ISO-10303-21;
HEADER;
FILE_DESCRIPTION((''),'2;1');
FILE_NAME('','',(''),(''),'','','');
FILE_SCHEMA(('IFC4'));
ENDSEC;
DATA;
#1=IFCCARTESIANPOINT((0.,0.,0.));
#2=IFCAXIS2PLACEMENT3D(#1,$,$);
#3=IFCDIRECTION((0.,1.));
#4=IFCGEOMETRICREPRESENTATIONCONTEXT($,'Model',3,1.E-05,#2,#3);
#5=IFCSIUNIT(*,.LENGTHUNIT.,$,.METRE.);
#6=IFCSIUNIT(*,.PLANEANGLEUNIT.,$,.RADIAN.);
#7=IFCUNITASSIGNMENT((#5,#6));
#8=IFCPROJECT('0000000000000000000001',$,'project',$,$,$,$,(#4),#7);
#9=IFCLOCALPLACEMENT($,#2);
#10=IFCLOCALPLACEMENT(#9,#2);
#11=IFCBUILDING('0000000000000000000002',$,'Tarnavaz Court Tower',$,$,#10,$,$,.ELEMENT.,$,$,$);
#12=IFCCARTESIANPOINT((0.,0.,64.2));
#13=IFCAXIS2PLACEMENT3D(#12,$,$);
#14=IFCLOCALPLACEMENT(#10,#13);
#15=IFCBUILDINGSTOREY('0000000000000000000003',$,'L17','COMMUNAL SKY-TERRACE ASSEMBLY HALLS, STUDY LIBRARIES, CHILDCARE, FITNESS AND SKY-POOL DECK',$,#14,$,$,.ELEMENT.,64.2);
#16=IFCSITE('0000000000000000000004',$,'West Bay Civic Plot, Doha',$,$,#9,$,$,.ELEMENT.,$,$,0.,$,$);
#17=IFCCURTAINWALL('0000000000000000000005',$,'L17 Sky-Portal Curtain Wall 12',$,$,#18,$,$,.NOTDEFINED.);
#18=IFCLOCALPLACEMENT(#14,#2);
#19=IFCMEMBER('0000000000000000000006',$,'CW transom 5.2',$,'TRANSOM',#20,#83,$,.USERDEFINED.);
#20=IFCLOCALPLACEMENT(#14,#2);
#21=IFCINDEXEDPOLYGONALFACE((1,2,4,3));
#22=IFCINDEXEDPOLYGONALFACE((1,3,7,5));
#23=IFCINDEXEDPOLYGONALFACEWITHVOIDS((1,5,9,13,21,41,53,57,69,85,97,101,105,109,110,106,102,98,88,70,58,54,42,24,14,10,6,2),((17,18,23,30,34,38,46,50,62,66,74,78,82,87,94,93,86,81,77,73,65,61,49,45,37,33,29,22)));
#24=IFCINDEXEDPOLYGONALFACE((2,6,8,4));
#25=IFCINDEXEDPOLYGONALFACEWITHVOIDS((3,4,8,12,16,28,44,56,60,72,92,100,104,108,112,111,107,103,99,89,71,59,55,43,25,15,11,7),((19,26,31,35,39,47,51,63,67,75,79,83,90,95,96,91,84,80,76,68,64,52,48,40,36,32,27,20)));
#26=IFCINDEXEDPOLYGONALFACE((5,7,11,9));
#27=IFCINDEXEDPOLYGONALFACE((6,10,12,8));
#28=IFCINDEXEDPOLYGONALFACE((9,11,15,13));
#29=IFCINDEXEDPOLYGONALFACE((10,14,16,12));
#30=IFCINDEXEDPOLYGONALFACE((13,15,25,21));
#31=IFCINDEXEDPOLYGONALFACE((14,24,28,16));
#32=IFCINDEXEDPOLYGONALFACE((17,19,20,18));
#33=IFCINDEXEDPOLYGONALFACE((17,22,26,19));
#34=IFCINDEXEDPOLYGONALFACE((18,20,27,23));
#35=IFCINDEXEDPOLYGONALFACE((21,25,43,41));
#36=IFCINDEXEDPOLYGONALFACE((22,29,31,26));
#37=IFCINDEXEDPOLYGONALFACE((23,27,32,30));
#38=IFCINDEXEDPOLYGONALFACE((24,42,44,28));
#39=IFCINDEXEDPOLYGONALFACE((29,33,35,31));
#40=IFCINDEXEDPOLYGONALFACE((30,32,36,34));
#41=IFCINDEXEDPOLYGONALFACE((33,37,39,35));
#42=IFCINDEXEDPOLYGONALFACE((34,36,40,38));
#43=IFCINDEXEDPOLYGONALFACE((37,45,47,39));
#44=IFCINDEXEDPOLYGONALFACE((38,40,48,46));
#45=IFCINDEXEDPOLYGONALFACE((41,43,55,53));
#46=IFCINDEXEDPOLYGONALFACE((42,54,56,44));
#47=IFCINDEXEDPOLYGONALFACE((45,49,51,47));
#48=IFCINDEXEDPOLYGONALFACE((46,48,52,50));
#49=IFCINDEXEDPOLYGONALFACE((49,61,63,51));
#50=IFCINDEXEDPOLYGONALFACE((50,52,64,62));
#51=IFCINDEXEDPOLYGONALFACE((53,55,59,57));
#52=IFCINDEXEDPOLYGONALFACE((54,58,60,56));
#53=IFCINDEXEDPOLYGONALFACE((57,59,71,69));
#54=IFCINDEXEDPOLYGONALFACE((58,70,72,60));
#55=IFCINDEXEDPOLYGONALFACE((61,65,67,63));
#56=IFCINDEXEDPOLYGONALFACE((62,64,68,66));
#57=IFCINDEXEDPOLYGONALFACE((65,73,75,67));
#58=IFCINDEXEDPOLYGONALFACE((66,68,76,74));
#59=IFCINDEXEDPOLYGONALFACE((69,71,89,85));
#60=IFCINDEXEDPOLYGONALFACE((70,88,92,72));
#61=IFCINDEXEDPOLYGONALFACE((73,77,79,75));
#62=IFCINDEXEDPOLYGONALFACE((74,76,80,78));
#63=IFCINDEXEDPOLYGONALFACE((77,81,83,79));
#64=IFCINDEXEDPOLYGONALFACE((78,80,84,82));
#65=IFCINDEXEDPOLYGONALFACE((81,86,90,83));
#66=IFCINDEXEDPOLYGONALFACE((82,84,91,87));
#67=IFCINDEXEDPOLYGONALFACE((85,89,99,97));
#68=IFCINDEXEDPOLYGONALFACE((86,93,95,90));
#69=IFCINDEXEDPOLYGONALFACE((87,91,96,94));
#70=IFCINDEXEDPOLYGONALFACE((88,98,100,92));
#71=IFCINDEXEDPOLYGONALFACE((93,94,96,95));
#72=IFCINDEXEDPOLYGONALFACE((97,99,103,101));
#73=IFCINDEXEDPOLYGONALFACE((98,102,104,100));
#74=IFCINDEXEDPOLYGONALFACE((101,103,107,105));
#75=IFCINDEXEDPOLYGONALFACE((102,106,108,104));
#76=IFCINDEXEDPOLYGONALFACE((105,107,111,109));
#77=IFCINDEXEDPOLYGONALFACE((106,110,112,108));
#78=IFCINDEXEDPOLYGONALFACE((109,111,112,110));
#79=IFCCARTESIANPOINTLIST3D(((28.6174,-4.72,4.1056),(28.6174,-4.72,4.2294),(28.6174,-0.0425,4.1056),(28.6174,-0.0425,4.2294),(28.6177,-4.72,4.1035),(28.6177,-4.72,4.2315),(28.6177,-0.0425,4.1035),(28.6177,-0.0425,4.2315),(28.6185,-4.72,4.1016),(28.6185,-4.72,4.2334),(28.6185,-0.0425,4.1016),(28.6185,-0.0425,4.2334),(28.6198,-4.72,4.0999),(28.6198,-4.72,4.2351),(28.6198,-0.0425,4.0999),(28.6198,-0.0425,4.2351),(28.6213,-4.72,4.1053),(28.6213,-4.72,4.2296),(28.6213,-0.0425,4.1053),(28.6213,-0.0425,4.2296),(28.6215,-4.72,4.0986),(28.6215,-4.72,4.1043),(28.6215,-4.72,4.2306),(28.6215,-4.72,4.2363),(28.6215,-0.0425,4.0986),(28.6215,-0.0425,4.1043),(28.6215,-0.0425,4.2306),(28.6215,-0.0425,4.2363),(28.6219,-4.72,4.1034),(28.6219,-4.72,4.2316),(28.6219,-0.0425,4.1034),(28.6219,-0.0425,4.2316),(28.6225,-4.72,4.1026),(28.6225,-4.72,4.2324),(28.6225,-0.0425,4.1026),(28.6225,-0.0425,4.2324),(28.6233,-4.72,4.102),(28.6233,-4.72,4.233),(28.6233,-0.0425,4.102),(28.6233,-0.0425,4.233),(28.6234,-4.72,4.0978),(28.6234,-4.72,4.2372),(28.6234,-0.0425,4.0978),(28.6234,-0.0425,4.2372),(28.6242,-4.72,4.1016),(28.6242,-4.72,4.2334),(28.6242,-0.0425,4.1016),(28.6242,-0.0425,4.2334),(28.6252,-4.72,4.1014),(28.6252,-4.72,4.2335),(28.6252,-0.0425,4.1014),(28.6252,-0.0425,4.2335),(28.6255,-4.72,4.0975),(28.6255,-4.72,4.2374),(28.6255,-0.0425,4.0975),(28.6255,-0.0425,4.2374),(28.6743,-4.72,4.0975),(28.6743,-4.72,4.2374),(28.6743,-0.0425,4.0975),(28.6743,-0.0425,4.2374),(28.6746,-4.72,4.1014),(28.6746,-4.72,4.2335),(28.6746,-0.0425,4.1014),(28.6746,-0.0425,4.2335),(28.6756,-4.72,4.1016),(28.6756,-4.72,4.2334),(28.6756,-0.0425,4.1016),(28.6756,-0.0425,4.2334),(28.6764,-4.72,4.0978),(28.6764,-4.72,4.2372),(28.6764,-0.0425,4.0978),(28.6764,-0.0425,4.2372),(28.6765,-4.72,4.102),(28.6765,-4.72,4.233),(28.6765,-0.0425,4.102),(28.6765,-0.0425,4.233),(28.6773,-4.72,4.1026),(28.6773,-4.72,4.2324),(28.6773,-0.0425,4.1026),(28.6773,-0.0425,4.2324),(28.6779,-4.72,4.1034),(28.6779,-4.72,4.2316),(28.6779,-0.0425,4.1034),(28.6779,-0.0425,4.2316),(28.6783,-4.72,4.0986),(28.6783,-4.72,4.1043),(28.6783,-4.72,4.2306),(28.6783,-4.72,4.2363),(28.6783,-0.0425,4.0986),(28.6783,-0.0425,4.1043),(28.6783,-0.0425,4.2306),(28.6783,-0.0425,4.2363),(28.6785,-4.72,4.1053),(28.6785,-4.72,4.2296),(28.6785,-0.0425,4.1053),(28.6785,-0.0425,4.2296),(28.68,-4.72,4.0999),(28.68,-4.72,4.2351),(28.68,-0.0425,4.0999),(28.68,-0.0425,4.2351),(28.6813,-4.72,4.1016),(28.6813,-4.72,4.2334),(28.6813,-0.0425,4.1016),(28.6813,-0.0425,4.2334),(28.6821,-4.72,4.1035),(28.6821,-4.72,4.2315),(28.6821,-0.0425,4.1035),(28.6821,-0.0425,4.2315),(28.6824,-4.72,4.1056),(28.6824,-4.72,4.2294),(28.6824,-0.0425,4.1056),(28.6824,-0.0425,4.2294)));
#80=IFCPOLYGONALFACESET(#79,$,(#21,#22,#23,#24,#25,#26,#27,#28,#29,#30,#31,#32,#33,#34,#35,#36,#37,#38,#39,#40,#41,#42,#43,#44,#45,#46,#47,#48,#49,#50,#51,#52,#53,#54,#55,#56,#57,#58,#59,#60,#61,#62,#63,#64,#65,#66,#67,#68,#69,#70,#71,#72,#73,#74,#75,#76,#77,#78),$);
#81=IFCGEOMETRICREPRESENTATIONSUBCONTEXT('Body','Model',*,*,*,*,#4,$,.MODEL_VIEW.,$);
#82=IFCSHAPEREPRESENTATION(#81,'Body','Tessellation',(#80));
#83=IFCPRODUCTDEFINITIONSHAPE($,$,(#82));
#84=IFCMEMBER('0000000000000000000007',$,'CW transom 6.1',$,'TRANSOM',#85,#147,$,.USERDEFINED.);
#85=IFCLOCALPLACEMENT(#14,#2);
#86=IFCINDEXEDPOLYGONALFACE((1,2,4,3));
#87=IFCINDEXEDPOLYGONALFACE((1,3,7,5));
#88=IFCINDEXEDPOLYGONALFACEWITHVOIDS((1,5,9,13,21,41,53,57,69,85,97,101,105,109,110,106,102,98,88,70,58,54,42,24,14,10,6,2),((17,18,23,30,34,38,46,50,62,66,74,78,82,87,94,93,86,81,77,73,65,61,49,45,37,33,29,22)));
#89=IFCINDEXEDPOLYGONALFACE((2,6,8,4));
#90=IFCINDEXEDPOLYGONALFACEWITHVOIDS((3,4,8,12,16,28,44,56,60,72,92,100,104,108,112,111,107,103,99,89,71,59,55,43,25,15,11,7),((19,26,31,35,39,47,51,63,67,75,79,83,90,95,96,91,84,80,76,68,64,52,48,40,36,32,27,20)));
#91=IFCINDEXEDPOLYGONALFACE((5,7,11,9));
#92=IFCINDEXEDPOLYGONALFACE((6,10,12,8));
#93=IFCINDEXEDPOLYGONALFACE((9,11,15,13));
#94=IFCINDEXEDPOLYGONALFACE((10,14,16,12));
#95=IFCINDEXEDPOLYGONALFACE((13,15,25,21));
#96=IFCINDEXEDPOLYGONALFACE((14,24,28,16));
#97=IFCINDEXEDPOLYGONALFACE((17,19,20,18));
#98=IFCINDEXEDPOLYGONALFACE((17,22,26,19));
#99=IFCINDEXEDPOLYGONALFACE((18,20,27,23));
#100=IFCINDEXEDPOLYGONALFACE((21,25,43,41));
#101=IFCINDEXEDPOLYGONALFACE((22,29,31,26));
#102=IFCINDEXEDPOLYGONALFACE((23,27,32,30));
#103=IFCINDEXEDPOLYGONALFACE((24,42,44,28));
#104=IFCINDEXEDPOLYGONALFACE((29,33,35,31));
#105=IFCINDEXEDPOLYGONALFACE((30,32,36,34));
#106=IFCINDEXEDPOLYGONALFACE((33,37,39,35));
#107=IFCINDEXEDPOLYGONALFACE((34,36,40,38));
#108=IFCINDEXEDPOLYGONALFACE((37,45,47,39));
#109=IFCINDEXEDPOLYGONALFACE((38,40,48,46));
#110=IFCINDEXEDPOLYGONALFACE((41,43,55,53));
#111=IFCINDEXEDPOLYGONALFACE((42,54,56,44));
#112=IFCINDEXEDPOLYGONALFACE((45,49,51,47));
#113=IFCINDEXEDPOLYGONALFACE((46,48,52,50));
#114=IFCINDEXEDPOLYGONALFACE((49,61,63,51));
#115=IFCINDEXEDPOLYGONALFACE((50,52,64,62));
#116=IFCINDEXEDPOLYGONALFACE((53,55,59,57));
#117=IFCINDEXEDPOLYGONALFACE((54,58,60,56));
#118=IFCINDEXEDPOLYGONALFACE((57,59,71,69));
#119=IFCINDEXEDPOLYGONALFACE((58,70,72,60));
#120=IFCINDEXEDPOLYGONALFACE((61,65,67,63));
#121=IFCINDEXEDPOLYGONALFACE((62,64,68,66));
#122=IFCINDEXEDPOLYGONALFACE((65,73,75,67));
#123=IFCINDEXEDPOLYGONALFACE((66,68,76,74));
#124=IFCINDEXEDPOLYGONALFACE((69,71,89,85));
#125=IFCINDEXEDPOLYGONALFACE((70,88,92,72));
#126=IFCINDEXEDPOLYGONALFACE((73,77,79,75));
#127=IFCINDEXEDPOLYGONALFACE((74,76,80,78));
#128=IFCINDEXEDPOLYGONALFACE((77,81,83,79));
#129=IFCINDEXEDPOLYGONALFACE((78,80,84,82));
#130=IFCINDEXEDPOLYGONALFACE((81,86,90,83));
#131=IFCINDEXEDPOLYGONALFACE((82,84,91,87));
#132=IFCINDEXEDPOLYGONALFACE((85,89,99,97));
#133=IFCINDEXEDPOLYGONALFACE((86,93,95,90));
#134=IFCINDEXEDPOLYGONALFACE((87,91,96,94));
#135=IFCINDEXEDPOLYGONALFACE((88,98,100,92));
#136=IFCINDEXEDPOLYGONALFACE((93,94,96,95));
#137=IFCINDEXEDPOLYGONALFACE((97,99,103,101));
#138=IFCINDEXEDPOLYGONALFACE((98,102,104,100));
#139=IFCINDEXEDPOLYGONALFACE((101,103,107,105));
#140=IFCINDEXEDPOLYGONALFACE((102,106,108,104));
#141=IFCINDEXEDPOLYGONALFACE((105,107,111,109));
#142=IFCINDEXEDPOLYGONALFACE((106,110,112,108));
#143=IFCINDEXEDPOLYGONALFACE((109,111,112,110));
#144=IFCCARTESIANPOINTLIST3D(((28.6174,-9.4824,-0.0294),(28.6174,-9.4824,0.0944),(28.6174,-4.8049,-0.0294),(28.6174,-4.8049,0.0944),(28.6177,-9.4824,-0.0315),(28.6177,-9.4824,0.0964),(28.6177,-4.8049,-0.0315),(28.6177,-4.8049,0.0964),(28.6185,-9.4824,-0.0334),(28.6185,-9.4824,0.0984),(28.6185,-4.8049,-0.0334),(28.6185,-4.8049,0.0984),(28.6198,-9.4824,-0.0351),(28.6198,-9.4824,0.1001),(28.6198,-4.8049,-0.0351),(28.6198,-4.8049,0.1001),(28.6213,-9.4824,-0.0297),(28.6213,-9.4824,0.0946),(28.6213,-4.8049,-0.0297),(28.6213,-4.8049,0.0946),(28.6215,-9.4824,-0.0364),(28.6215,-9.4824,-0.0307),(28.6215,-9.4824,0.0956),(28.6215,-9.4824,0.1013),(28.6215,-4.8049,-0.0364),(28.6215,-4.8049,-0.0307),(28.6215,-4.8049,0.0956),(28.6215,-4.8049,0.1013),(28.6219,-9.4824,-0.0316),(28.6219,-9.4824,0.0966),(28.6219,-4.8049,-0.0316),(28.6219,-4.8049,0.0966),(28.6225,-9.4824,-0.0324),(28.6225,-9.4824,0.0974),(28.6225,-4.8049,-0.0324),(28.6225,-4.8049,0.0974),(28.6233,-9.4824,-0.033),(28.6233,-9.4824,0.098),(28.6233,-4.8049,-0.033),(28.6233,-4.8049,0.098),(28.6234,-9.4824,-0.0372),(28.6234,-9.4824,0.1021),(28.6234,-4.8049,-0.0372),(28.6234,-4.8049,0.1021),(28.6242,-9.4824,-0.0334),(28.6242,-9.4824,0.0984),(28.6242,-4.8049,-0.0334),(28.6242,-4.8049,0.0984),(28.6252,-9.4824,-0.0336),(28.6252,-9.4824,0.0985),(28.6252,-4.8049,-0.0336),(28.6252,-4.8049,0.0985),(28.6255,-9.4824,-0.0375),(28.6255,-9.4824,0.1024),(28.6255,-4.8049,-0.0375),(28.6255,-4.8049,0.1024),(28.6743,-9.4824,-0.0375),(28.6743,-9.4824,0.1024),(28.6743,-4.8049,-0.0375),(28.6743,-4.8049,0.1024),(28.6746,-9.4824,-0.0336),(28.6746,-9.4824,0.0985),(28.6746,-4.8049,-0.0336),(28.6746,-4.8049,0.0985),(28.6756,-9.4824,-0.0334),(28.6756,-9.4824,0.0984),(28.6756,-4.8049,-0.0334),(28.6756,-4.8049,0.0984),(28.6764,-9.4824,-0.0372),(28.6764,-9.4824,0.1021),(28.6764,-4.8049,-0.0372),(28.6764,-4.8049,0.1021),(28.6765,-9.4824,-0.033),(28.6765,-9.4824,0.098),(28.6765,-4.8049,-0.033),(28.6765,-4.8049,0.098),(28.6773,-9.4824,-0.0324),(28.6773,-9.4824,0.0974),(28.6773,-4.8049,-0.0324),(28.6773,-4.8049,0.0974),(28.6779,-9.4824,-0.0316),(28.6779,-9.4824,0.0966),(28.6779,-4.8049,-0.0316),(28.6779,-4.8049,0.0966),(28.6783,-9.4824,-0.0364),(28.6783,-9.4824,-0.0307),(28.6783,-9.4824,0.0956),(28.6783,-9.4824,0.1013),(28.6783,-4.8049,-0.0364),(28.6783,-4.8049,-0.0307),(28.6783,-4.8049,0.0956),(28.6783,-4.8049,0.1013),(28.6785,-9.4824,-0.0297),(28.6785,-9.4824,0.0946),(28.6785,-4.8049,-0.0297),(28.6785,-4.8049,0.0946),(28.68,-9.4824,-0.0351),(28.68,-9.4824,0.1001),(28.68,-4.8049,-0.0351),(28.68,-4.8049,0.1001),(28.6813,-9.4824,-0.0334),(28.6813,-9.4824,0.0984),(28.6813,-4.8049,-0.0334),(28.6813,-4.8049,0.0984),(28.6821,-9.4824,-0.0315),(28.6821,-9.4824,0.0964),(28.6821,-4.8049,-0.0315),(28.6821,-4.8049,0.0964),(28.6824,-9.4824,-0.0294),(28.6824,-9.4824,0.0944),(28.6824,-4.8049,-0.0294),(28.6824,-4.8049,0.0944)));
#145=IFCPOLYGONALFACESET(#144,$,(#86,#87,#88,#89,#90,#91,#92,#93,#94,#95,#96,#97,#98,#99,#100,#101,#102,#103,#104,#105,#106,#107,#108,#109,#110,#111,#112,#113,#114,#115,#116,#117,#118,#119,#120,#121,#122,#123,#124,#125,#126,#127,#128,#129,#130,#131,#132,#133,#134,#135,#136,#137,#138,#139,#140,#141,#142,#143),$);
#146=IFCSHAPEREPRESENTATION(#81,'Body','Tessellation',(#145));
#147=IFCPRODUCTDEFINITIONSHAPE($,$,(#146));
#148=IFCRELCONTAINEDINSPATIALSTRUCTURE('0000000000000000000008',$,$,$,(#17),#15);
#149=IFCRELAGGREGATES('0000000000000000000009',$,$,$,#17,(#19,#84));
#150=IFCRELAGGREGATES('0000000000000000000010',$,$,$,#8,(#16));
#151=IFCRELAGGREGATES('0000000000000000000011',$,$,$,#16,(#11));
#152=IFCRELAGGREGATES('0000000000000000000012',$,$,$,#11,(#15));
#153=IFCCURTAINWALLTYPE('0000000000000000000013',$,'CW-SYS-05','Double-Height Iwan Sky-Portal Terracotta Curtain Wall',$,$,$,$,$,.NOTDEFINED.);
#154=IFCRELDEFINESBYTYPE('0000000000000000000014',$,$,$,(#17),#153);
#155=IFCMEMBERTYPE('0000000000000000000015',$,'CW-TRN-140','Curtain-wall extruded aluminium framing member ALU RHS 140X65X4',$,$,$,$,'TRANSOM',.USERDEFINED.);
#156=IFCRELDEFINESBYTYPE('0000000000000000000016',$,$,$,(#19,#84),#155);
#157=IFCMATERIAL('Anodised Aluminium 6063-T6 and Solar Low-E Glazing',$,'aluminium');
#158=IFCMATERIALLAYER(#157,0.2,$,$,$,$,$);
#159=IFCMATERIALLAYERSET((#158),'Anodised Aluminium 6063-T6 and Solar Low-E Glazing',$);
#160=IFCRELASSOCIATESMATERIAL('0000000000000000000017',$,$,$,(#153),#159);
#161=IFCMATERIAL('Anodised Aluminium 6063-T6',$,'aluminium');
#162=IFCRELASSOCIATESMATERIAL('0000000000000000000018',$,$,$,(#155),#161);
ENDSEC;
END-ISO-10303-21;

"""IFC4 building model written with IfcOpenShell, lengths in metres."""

from ifc_helpers import new_model, si_unit, direction, frame, origin, origin_2d, place, context, subcontext, project, spatial, hollow_rectangle, extrude, material, layer, layer_set, material_profile, profile_set, type_object, element, aggregate, save


model = new_model("IFC4")

# Units and contexts
model_context = context("Model", 3, precision=1e-05, world=origin(), true_north=direction((0.0, 1.0)))
body_context = subcontext(model_context, "Body", "Model", "MODEL_VIEW")
ifc_project = project(units=[si_unit("LENGTHUNIT", "METRE"), si_unit("PLANEANGLEUNIT", "RADIAN")], contexts=[model_context])

# Site, building, storey
site_placement = place(None, origin())
site = spatial("IfcSite", under=ifc_project, at=site_placement, Name="West Bay Civic Plot, Doha", CompositionType="ELEMENT", RefElevation=0.0)
building_placement = place(site_placement, origin())
building = spatial("IfcBuilding", under=site, at=building_placement, Name="Tarnavaz Court Tower", CompositionType="ELEMENT")
storey_placement = place(building_placement, frame((0.0, 0.0, 64.2)))
storey = spatial("IfcBuildingStorey", under=building, at=storey_placement, Name="L17", Description="COMMUNAL SKY-TERRACE ASSEMBLY HALLS, STUDY LIBRARIES, CHILDCARE, FITNESS AND SKY-POOL DECK", CompositionType="ELEMENT", Elevation=64.2)

# Curtain wall, members
ifc_material_1 = material(Name="Anodised Aluminium 6063-T6 and Solar Low-E Glazing", Category="aluminium")
ifc_layer_1 = layer(ifc_material_1, 0.2)
ifc_layer_set_1 = layer_set([ifc_layer_1], Name="Anodised Aluminium 6063-T6 and Solar Low-E Glazing")
curtain_wall_type = type_object("IfcCurtainWallType", Name="CW-SYS-05", Description="Double-Height Iwan Sky-Portal Terracotta Curtain Wall", PredefinedType="NOTDEFINED", material=ifc_layer_set_1)
curtain_wall_placement = place(storey_placement, origin())
curtain_wall = element("IfcCurtainWall", 1, at=curtain_wall_placement, inside=storey, type_object=curtain_wall_type, Name="L17 Sky-Portal Curtain Wall 12", PredefinedType="NOTDEFINED")
ifc_material_2 = material(Name="Anodised Aluminium 6063-T6", Category="aluminium")
ifc_material_profile_1 = material_profile(ifc_material_2, hollow_rectangle(XDim=0.0649, YDim=0.1399, WallThickness=0.0039, InnerFilletRadius=0.0039, OuterFilletRadius=0.0081, at=origin_2d()), Name="ALU RHS 140X65X4")
ifc_profile_set_1 = profile_set([ifc_material_profile_1], Name="Anodised Aluminium 6063-T6")
member_type_1 = type_object("IfcMemberType", Name="CW-TRN-140", Description="Curtain-wall extruded aluminium framing member ALU RHS 140X65X4", ElementType="TRANSOM", PredefinedType="USERDEFINED", material=ifc_profile_set_1)
member_1_placement = place(storey_placement, frame((28.6499, -0.0425, 4.1675), z_axis=(0.0, -1.0, 0.0), x_axis=(1.0, 0.0, 0.0)))
member_1 = element("IfcMember", 2, at=member_1_placement, type_object=member_type_1, Name="CW transom 5.2", ObjectType="TRANSOM", PredefinedType="USERDEFINED", context=body_context, shape_type="SweptSolid", body=[
    extrude(hollow_rectangle(XDim=0.0649, YDim=0.1399, WallThickness=0.0039, InnerFilletRadius=0.0039, OuterFilletRadius=0.0081, at=origin_2d()), origin(), (0.0, 0.0, 1.0), 4.6775),
])
member_2_placement = place(storey_placement, frame((28.6499, -4.8049, 0.0325), z_axis=(0.0, -1.0, 0.0), x_axis=(1.0, 0.0, 0.0)))
member_2 = element("IfcMember", 3, at=member_2_placement, type_object=member_type_1, Name="CW transom 6.1", ObjectType="TRANSOM", PredefinedType="USERDEFINED", context=body_context, shape_type="SweptSolid", body=[
    extrude(hollow_rectangle(XDim=0.0649, YDim=0.1399, WallThickness=0.0039, InnerFilletRadius=0.0039, OuterFilletRadius=0.0081, at=origin_2d()), origin(), (0.0, 0.0, 1.0), 4.6775),
])
aggregate(curtain_wall, [member_1, member_2])

save(model, "model.ifc")
